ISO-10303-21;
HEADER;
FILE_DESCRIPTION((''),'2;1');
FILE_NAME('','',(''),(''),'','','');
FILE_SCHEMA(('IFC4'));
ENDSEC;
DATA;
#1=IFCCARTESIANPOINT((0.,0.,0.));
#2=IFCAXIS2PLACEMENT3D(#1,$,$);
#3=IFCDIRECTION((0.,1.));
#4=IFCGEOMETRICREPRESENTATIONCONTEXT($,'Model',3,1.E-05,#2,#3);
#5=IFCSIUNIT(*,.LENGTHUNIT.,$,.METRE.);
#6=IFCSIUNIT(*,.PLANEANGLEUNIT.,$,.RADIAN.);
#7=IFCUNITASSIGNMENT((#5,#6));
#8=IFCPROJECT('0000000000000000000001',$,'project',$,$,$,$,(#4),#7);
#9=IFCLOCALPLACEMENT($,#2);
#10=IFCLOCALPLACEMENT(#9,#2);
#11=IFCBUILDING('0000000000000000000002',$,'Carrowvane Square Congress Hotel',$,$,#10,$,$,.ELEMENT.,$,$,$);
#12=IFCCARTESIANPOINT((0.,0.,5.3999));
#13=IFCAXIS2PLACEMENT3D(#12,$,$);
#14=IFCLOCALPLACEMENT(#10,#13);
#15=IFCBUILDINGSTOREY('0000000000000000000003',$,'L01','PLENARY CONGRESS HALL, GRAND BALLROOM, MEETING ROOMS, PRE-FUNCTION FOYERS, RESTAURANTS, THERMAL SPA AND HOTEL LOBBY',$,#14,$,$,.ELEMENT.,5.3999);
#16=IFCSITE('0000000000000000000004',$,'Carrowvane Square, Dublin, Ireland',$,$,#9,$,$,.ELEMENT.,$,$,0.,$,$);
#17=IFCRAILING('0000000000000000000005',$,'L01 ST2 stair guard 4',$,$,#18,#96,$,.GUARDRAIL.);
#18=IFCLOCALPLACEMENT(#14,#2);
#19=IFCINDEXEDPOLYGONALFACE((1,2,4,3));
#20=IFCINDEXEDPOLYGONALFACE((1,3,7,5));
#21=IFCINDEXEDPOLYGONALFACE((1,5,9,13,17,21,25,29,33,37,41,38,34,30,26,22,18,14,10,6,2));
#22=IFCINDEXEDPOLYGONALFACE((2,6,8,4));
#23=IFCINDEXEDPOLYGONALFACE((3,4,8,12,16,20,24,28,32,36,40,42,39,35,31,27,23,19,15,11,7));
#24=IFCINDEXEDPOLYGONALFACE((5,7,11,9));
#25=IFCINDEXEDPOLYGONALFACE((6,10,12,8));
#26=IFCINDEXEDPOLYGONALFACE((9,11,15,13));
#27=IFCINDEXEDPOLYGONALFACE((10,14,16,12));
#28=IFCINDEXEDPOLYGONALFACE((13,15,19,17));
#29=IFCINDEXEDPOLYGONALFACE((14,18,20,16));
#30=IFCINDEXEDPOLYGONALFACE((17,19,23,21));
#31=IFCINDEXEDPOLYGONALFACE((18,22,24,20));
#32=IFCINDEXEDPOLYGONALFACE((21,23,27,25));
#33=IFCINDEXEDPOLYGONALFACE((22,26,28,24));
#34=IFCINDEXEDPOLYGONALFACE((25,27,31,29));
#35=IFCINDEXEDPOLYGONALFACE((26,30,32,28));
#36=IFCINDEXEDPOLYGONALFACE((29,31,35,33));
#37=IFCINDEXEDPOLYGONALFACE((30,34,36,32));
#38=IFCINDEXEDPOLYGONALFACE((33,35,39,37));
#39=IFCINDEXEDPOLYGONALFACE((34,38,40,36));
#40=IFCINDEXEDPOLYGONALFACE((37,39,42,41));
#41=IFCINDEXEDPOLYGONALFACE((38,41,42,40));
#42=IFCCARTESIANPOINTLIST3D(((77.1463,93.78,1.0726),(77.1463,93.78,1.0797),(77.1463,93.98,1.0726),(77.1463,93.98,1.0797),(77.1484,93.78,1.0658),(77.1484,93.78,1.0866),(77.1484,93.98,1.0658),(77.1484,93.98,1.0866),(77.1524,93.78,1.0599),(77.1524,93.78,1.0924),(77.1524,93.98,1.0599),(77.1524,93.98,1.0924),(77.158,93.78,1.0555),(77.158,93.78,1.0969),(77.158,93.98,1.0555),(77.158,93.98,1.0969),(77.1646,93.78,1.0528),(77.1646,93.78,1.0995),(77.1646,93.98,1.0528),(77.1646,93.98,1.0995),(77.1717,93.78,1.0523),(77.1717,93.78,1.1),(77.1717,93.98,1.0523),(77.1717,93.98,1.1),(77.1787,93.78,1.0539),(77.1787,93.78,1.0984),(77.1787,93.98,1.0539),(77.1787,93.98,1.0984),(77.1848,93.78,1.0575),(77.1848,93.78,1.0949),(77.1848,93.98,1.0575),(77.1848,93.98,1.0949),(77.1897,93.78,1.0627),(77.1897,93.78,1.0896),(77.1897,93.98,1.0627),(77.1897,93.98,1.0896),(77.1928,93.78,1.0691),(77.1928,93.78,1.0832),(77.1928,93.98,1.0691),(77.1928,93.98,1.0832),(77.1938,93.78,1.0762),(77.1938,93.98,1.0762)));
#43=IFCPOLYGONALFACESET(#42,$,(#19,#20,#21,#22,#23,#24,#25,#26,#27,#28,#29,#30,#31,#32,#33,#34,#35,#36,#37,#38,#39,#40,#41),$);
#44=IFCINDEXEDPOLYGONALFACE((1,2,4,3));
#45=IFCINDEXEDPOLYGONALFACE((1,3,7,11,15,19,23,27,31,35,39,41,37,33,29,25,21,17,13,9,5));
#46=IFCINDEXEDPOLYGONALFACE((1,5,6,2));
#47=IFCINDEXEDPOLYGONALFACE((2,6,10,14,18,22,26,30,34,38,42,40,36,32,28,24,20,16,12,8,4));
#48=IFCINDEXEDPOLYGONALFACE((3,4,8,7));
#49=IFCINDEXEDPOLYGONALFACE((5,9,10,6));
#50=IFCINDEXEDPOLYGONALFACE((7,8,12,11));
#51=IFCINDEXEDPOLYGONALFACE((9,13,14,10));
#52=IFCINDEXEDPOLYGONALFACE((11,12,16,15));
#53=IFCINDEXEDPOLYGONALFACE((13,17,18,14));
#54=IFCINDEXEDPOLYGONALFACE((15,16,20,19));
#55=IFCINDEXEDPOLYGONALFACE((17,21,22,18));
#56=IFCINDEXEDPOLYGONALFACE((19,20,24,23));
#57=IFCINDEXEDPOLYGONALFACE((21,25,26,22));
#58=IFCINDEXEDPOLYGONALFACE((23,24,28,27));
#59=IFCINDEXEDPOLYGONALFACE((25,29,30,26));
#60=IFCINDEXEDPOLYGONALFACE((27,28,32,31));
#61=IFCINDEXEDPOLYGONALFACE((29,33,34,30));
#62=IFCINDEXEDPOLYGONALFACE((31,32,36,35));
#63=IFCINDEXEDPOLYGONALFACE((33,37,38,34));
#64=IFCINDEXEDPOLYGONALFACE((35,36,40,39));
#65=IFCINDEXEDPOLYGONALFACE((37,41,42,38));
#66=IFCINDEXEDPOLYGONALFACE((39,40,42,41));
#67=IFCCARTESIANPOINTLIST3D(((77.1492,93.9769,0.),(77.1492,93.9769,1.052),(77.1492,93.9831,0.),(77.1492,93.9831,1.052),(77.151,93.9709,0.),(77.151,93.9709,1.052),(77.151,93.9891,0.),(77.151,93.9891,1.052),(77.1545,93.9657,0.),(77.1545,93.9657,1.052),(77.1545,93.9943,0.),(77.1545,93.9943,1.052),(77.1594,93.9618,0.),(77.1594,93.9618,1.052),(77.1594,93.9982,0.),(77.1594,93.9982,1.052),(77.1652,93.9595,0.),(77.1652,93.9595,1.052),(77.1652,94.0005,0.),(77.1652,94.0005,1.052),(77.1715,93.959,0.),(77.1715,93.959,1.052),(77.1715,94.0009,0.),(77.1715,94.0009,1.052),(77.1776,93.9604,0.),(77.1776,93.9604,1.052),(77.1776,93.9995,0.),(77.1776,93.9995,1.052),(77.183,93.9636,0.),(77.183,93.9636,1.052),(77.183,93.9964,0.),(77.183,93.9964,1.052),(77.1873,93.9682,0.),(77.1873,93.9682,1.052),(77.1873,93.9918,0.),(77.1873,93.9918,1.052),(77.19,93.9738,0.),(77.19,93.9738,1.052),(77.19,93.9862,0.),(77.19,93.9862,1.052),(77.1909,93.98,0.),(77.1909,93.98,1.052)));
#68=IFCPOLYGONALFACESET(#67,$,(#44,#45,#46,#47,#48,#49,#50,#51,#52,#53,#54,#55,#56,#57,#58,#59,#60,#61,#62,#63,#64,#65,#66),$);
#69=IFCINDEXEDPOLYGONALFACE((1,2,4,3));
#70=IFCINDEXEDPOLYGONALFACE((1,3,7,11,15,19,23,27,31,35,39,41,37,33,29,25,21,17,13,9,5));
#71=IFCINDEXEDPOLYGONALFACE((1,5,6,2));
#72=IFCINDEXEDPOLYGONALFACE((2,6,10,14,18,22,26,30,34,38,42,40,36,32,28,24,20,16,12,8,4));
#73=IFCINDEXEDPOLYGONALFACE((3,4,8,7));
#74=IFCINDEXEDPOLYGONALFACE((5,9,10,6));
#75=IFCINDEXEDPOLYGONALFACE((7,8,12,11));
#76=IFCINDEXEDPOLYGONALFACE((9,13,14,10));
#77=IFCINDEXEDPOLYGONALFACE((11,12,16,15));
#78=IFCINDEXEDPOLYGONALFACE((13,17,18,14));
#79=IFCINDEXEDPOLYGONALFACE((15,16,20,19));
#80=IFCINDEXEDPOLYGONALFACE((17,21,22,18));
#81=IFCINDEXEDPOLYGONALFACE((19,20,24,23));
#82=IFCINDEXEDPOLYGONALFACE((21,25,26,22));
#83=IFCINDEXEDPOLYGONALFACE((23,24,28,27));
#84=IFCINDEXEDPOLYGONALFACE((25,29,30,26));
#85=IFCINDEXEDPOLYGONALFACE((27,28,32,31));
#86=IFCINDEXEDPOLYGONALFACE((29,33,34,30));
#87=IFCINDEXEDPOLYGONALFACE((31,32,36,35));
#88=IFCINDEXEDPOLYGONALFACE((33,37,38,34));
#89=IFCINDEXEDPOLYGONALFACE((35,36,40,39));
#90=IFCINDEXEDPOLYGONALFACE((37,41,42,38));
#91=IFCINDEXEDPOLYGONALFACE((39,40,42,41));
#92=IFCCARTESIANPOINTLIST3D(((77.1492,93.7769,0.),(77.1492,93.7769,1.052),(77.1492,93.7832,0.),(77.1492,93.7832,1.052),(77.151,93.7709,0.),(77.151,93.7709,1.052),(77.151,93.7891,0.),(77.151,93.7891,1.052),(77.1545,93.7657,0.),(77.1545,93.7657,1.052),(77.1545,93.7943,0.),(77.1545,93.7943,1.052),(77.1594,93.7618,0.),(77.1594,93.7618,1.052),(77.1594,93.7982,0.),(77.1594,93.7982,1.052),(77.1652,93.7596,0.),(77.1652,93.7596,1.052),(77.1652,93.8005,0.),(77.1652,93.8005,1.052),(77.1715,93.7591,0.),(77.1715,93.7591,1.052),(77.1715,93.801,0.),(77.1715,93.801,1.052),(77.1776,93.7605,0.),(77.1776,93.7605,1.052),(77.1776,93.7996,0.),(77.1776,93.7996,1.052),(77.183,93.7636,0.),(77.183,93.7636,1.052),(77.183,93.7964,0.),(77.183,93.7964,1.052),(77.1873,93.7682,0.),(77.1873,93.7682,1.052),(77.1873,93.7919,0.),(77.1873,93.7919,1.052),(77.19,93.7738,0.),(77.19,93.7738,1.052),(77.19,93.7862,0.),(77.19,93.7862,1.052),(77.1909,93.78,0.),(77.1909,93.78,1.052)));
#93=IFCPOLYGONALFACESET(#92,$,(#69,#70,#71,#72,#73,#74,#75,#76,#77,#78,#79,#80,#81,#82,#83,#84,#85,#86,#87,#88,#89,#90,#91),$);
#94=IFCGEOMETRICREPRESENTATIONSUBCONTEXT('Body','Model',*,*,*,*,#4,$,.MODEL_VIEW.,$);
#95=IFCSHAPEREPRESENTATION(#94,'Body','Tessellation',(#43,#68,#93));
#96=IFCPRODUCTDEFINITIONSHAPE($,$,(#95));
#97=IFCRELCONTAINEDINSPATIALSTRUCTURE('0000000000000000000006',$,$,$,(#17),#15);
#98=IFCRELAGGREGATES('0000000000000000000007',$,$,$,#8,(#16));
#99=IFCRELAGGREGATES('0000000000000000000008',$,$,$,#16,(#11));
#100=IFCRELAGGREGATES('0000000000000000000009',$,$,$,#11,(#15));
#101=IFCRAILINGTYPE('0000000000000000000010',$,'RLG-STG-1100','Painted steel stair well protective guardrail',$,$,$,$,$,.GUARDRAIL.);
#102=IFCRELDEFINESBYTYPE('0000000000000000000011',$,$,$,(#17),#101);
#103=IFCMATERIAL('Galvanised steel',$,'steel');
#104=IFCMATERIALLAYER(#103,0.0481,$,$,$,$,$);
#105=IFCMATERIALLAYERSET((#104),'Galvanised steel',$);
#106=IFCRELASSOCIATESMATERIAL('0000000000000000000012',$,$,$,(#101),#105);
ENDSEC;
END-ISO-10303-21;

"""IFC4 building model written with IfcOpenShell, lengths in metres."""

from ifc_helpers import new_model, si_unit, direction, frame, origin, origin_2d, place, context, subcontext, project, spatial, circle, extrude, material, layer, layer_set, type_object, element, save


model = new_model("IFC4")

# Units and contexts
model_context = context("Model", 3, precision=1e-05, world=origin(), true_north=direction((0.0, 1.0)))
body_context = subcontext(model_context, "Body", "Model", "MODEL_VIEW")
ifc_project = project(units=[si_unit("LENGTHUNIT", "METRE"), si_unit("PLANEANGLEUNIT", "RADIAN")], contexts=[model_context])

# Site, building, storey
site_placement = place(None, origin())
site = spatial("IfcSite", under=ifc_project, at=site_placement, Name="Carrowvane Square, Dublin, Ireland", CompositionType="ELEMENT", RefElevation=0.0)
building_placement = place(site_placement, origin())
building = spatial("IfcBuilding", under=site, at=building_placement, Name="Carrowvane Square Congress Hotel", CompositionType="ELEMENT")
storey_placement = place(building_placement, frame((0.0, 0.0, 5.3999)))
storey = spatial("IfcBuildingStorey", under=building, at=storey_placement, Name="L01", Description="PLENARY CONGRESS HALL, GRAND BALLROOM, MEETING ROOMS, PRE-FUNCTION FOYERS, RESTAURANTS, THERMAL SPA AND HOTEL LOBBY", CompositionType="ELEMENT", Elevation=5.3999)

# Railing
ifc_material_1 = material(Name="Galvanised steel", Category="steel")
ifc_layer_1 = layer(ifc_material_1, 0.0481)
ifc_layer_set_1 = layer_set([ifc_layer_1], Name="Galvanised steel")
railing_type_1 = type_object("IfcRailingType", Name="RLG-STG-1100", Description="Painted steel stair well protective guardrail", PredefinedType="GUARDRAIL", material=ifc_layer_set_1)
railing_1_placement = place(storey_placement, frame((77.1699, 93.98, 0.0)))
element("IfcRailing", 1, at=railing_1_placement, inside=storey, type_object=railing_type_1, Name="L01 ST2 stair guard 4", PredefinedType="GUARDRAIL", context=body_context, shape_type="SweptSolid", body=[
    extrude(circle(Radius=0.0239, at=origin_2d()), frame((0.0, 0.0, 1.0762), z_axis=(0.0, -1.0, 0.0), x_axis=(1.0, 0.0, 0.0)), (0.0, 0.0, 1.0), 0.2),
    extrude(circle(Radius=0.021, at=origin_2d()), origin(), (0.0, 0.0, 1.0), 1.052),
    extrude(circle(Radius=0.021, at=origin_2d()), frame((0.0, -0.2, 0.0)), (0.0, 0.0, 1.0), 1.052),
])

save(model, "model.ifc")
